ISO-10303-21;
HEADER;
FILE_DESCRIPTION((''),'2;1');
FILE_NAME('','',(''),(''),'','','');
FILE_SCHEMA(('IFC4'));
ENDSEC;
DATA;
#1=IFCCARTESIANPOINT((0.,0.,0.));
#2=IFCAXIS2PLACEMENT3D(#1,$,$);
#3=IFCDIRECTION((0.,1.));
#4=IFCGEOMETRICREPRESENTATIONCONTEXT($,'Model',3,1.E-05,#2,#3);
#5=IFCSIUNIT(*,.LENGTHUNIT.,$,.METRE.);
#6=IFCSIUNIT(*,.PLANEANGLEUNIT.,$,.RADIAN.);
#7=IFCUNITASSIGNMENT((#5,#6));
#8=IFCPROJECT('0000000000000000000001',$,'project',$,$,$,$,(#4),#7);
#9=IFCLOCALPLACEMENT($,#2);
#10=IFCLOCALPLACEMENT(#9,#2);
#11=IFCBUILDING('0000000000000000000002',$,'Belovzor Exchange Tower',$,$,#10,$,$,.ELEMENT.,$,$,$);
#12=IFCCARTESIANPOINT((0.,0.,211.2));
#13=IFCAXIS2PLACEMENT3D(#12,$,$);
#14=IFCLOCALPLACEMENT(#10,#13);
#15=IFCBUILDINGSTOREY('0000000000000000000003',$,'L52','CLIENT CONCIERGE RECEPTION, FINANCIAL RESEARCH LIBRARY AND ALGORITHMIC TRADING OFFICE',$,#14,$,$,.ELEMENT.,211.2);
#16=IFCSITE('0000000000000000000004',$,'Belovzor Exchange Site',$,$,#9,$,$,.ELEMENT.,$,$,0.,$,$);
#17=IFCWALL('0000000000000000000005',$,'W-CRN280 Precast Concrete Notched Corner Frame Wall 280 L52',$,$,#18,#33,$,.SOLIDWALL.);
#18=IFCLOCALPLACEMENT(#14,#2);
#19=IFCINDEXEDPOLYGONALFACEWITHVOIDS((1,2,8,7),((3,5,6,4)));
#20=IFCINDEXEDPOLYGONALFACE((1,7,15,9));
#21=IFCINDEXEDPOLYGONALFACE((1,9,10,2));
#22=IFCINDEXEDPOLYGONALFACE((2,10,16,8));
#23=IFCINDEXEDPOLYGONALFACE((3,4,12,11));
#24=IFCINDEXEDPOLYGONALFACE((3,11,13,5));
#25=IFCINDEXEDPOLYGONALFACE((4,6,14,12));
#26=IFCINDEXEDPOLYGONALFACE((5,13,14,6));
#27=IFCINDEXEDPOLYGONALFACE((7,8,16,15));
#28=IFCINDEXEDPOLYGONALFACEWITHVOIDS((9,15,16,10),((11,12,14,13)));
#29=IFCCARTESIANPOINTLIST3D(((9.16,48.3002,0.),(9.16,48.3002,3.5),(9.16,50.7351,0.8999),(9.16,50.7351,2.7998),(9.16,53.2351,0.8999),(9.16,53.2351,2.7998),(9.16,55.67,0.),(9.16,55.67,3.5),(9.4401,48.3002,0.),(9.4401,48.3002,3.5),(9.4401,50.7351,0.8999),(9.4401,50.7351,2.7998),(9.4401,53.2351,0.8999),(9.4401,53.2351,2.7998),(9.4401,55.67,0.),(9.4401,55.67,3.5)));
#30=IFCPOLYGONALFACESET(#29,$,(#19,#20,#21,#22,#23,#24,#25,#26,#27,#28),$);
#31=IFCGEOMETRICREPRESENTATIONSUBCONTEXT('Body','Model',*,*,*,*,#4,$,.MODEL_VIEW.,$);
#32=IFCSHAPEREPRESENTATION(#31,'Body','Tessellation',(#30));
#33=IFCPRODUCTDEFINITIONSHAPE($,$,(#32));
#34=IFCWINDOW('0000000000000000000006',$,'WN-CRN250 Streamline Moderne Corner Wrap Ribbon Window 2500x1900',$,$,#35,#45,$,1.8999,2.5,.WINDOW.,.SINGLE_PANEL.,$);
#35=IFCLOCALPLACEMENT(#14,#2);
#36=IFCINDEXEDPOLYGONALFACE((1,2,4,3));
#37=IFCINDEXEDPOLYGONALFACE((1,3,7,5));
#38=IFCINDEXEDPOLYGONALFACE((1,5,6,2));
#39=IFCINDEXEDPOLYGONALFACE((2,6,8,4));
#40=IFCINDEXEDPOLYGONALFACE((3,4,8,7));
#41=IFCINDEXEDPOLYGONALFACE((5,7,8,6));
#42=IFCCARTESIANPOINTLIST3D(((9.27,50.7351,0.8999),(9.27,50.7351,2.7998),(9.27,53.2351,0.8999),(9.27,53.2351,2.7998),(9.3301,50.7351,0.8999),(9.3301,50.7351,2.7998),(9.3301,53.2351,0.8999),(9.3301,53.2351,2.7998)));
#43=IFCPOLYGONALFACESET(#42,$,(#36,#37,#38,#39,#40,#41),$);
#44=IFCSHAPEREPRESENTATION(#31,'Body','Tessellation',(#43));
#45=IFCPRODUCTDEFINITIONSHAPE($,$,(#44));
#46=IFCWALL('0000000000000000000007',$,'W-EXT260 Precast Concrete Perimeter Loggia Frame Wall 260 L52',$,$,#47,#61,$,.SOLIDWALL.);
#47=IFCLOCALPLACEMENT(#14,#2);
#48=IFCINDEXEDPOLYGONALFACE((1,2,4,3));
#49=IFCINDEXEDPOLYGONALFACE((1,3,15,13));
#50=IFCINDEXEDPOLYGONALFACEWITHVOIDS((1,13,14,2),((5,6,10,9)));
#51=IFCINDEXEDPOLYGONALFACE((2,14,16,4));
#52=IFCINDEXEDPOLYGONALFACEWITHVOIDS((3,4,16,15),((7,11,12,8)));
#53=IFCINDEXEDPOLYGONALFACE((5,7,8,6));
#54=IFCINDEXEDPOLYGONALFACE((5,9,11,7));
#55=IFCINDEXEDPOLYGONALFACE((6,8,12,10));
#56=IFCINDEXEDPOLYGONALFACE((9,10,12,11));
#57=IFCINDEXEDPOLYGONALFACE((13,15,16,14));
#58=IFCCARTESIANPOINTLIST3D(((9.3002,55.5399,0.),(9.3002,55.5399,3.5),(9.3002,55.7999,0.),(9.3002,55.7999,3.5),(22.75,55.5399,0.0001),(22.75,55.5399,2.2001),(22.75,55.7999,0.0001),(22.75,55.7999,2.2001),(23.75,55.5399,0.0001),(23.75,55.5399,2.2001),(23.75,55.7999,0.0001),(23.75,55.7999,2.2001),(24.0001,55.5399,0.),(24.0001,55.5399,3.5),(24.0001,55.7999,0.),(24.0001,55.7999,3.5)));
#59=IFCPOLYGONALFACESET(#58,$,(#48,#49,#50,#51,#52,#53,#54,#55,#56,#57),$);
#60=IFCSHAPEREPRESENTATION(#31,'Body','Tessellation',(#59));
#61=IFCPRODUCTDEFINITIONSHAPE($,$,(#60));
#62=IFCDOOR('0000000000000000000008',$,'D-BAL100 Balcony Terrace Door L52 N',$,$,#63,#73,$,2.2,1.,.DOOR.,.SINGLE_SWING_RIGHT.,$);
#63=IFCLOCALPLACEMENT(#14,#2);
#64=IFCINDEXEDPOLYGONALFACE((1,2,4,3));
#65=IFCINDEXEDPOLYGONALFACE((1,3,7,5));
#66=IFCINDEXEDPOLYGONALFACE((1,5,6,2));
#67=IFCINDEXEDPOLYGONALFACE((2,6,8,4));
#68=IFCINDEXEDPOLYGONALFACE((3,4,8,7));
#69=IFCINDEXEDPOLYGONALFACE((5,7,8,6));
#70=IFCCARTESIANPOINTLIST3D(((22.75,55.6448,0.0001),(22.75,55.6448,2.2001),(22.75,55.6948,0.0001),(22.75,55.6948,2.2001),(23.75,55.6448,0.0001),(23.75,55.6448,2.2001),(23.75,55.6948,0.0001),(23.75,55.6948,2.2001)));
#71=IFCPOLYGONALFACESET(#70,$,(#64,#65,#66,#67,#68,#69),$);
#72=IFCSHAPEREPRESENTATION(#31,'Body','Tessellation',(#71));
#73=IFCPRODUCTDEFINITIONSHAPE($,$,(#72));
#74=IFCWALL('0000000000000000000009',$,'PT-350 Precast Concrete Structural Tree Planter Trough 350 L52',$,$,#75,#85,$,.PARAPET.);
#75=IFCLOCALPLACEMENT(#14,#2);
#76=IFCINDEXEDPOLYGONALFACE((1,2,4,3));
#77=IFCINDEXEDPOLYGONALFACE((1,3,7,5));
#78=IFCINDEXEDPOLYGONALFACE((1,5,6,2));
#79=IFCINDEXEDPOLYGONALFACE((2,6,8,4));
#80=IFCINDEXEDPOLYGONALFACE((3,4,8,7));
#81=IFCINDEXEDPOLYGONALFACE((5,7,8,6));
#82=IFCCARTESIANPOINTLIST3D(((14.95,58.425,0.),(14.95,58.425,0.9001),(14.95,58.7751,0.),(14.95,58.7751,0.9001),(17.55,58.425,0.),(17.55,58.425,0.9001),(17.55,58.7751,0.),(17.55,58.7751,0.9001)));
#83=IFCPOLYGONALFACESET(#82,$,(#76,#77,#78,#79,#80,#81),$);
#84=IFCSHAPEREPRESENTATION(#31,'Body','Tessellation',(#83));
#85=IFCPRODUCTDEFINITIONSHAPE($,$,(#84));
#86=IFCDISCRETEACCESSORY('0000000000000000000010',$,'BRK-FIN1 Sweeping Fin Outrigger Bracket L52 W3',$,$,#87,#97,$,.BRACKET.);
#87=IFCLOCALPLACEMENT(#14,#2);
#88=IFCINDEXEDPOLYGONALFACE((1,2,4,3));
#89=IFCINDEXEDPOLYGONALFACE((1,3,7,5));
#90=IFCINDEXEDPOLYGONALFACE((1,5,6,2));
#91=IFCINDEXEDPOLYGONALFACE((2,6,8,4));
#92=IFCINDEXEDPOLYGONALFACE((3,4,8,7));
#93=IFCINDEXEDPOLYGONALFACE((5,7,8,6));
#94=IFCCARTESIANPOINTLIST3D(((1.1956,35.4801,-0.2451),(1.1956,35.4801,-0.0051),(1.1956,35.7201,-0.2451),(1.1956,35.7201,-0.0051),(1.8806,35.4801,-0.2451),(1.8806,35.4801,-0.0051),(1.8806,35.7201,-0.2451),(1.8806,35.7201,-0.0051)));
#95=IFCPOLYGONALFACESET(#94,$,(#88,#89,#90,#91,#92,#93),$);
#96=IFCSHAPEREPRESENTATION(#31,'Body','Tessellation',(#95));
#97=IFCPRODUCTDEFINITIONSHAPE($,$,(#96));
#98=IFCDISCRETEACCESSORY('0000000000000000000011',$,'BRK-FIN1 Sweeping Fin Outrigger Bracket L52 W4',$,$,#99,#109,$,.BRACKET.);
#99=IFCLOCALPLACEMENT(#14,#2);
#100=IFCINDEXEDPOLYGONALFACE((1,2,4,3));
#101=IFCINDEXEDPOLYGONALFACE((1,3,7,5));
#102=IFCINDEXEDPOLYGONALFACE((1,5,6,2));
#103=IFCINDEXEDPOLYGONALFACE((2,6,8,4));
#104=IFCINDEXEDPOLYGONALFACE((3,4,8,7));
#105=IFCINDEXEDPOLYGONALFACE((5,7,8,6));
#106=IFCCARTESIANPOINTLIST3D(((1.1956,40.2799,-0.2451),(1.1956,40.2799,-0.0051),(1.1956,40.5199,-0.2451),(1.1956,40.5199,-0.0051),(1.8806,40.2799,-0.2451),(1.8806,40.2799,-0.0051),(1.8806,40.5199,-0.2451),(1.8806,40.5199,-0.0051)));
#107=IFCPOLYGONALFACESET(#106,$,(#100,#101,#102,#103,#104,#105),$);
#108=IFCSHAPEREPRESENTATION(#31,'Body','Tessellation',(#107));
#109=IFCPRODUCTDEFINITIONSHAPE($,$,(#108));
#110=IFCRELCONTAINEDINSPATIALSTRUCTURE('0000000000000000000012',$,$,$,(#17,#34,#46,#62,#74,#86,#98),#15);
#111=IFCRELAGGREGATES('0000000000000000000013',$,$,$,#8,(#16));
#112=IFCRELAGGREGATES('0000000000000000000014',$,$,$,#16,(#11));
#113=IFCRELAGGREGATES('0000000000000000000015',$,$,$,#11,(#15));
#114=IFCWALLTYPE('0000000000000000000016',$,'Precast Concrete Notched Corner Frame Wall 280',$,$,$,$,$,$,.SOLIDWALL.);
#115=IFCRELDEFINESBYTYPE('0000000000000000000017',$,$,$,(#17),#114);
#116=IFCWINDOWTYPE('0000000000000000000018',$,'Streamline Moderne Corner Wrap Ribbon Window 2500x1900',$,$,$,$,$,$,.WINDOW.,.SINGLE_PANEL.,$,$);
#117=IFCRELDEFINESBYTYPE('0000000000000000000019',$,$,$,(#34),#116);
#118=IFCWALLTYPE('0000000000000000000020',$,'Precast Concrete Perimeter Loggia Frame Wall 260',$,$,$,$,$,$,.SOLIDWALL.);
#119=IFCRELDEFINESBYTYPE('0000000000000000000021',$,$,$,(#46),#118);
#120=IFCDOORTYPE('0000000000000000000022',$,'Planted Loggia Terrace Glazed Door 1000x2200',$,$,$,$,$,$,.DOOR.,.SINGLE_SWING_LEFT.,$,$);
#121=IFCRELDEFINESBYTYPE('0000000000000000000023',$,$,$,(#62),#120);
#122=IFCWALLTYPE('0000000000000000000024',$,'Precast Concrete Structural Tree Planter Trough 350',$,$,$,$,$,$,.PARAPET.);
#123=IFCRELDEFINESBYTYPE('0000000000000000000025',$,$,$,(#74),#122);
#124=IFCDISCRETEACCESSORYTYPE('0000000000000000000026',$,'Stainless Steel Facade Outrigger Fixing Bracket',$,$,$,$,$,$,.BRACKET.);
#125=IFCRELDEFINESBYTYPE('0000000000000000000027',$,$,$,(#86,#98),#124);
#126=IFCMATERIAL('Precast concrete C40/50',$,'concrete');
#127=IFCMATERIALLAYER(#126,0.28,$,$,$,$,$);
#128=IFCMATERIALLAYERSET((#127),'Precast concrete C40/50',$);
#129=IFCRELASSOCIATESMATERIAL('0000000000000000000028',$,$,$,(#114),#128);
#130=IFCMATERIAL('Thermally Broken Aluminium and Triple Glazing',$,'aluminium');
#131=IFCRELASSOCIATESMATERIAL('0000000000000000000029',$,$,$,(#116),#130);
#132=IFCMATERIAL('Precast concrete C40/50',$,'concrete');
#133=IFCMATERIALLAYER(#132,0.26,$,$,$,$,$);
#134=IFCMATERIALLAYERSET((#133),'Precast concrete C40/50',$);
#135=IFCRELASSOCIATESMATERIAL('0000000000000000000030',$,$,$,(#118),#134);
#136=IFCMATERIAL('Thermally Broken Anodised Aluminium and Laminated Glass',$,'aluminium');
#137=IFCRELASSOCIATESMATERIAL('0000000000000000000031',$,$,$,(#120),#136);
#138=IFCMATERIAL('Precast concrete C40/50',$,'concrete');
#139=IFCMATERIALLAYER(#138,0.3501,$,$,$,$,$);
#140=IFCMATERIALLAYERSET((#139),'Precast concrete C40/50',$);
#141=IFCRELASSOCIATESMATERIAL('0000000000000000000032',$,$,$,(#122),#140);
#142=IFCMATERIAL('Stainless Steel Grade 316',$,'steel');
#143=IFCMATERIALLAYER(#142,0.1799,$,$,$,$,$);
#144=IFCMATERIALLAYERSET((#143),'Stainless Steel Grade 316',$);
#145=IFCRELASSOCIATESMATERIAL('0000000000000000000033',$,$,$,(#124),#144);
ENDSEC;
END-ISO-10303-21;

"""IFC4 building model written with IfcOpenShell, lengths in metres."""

from ifc_helpers import new_model, si_unit, direction, frame, frame_2d, origin, origin_2d, place, context, subcontext, project, spatial, rectangle, extrude, material, layer, layer_set, type_object, element, fill, save


model = new_model("IFC4")

# Units and contexts
model_context = context("Model", 3, precision=1e-05, world=origin(), true_north=direction((0.0, 1.0)))
body_context = subcontext(model_context, "Body", "Model", "MODEL_VIEW")
ifc_project = project(units=[si_unit("LENGTHUNIT", "METRE"), si_unit("PLANEANGLEUNIT", "RADIAN")], contexts=[model_context])

# Site, building, storey
site_placement = place(None, origin())
site = spatial("IfcSite", under=ifc_project, at=site_placement, Name="Belovzor Exchange Site", CompositionType="ELEMENT", RefElevation=0.0)
building_placement = place(site_placement, origin())
building = spatial("IfcBuilding", under=site, at=building_placement, Name="Belovzor Exchange Tower", CompositionType="ELEMENT")
storey_placement = place(building_placement, frame((0.0, 0.0, 211.2)))
storey = spatial("IfcBuildingStorey", under=building, at=storey_placement, Name="L52", Description="CLIENT CONCIERGE RECEPTION, FINANCIAL RESEARCH LIBRARY AND ALGORITHMIC TRADING OFFICE", CompositionType="ELEMENT", Elevation=211.2)

# Wall, opening, window
ifc_material_1 = material(Name="Precast concrete C40/50", Category="concrete")
ifc_layer_1 = layer(ifc_material_1, 0.28)
ifc_layer_set_1 = layer_set([ifc_layer_1], Name="Precast concrete C40/50")
wall_type_1 = type_object("IfcWallType", Name="Precast Concrete Notched Corner Frame Wall 280", PredefinedType="SOLIDWALL", material=ifc_layer_set_1)
ifc_material_2 = material(Name="Thermally Broken Aluminium and Triple Glazing", Category="aluminium")
window_type = type_object("IfcWindowType", Name="Streamline Moderne Corner Wrap Ribbon Window 2500x1900", PartitioningType="SINGLE_PANEL", PredefinedType="WINDOW", material=ifc_material_2)
wall_1_placement = place(storey_placement, frame((9.3, 48.3, 0.0), z_axis=(0.0, 0.0, 1.0), x_axis=(0.0, 1.0, 0.0)))
wall_1 = element("IfcWall", 1, at=wall_1_placement, inside=storey, type_object=wall_type_1, Name="W-CRN280 Precast Concrete Notched Corner Frame Wall 280 L52", PredefinedType="SOLIDWALL", context=body_context, shape_type="SweptSolid", body=[
    extrude(rectangle(XDim=7.3699, YDim=0.28, at=frame_2d((3.6851, 0.0))), origin(), (0.0, 0.0, 1.0), 3.5),
])
opening_1_placement = place(wall_1_placement, frame((2.4351, 0.0, 0.8999)))
opening_1 = element("IfcOpeningElement", 2, at=opening_1_placement, cuts=wall_1, PredefinedType="OPENING", context=body_context, shape_type="SweptSolid", body=[
    extrude(rectangle(XDim=2.5, YDim=1.8999, at=frame_2d((1.25, 0.95))), frame((0.0, 0.1499, 0.0), z_axis=(0.0, -1.0, 0.0), x_axis=(1.0, 0.0, 0.0)), (0.0, 0.0, 1.0), 0.3),
])
window_1_placement = place(opening_1_placement, origin())
window_1 = element("IfcWindow", 3, at=window_1_placement, inside=storey, type_object=window_type, Name="WN-CRN250 Streamline Moderne Corner Wrap Ribbon Window 2500x1900", OverallHeight=1.8999, OverallWidth=2.5, PartitioningType="SINGLE_PANEL", PredefinedType="WINDOW", context=body_context, shape_type="SweptSolid", body=[
    extrude(rectangle(XDim=2.5, YDim=1.8999, at=frame_2d((1.25, 0.95))), frame((0.0, 0.03, 0.0), z_axis=(0.0, -1.0, 0.0), x_axis=(1.0, 0.0, 0.0)), (0.0, 0.0, 1.0), 0.0601),
])
fill(opening_1, window_1)

# Wall, opening, door
ifc_material_3 = material(Name="Precast concrete C40/50", Category="concrete")
ifc_layer_2 = layer(ifc_material_3, 0.26)
ifc_layer_set_2 = layer_set([ifc_layer_2], Name="Precast concrete C40/50")
wall_type_2 = type_object("IfcWallType", Name="Precast Concrete Perimeter Loggia Frame Wall 260", PredefinedType="SOLIDWALL", material=ifc_layer_set_2)
wall_2_placement = place(storey_placement, frame((9.3, 55.6699, 0.0), z_axis=(0.0, 0.0, 1.0), x_axis=(1.0, 0.0, 0.0)))
wall_2 = element("IfcWall", 4, at=wall_2_placement, inside=storey, type_object=wall_type_2, Name="W-EXT260 Precast Concrete Perimeter Loggia Frame Wall 260 L52", PredefinedType="SOLIDWALL", context=body_context, shape_type="SweptSolid", body=[
    extrude(rectangle(XDim=14.7, YDim=0.26, at=frame_2d((7.3501, 0.0))), origin(), (0.0, 0.0, 1.0), 3.5),
])
opening_2_placement = place(wall_2_placement, frame((13.45, 0.0, 0.0)))
opening_2 = element("IfcOpeningElement", 5, at=opening_2_placement, cuts=wall_2, PredefinedType="OPENING", context=body_context, shape_type="SweptSolid", body=[
    extrude(rectangle(XDim=1.0, YDim=2.2, at=frame_2d((0.5, 1.1001))), frame((0.0, 0.1399, 0.0), z_axis=(0.0, -1.0, 0.0), x_axis=(1.0, 0.0, 0.0)), (0.0, 0.0, 1.0), 0.28),
])
ifc_material_4 = material(Name="Thermally Broken Anodised Aluminium and Laminated Glass", Category="aluminium")
door_type_1 = type_object("IfcDoorType", Name="Planted Loggia Terrace Glazed Door 1000x2200", OperationType="SINGLE_SWING_LEFT", PredefinedType="DOOR", material=ifc_material_4)
door_1_placement = place(opening_2_placement, origin())
door_1 = element("IfcDoor", 6, at=door_1_placement, inside=storey, type_object=door_type_1, Name="D-BAL100 Balcony Terrace Door L52 N", OperationType="SINGLE_SWING_RIGHT", OverallHeight=2.2, OverallWidth=1.0, PredefinedType="DOOR", context=body_context, shape_type="SweptSolid", body=[
    extrude(rectangle(XDim=1.0, YDim=2.2, at=frame_2d((0.5, 1.1001))), frame((0.0, 0.0249, 0.0), z_axis=(0.0, -1.0, 0.0), x_axis=(1.0, 0.0, 0.0)), (0.0, 0.0, 1.0), 0.05),
])
fill(opening_2, door_1)

# Wall
ifc_material_5 = material(Name="Precast concrete C40/50", Category="concrete")
ifc_layer_3 = layer(ifc_material_5, 0.3501)
ifc_layer_set_3 = layer_set([ifc_layer_3], Name="Precast concrete C40/50")
wall_type_3 = type_object("IfcWallType", Name="Precast Concrete Structural Tree Planter Trough 350", PredefinedType="PARAPET", material=ifc_layer_set_3)
wall_3_placement = place(storey_placement, frame((14.95, 58.6001, 0.0), z_axis=(0.0, 0.0, 1.0), x_axis=(1.0, 0.0, 0.0)))
element("IfcWall", 7, at=wall_3_placement, inside=storey, type_object=wall_type_3, Name="PT-350 Precast Concrete Structural Tree Planter Trough 350 L52", PredefinedType="PARAPET", context=body_context, shape_type="SweptSolid", body=[
    extrude(rectangle(XDim=2.6001, YDim=0.3501, at=frame_2d((1.3, 0.0))), origin(), (0.0, 0.0, 1.0), 0.9001),
])

# Discrete accessories
ifc_material_6 = material(Name="Stainless Steel Grade 316", Category="steel")
ifc_layer_4 = layer(ifc_material_6, 0.1799)
ifc_layer_set_4 = layer_set([ifc_layer_4], Name="Stainless Steel Grade 316")
discrete_accessory_type = type_object("IfcDiscreteAccessoryType", Name="Stainless Steel Facade Outrigger Fixing Bracket", PredefinedType="BRACKET", material=ifc_layer_set_4)
for number, where, z_axis, x_axis, name in (
    (8, (1.5381, 35.6001, -0.2451), (0.0, 0.0, 1.0), (1.0, 0.0, 0.0), "BRK-FIN1 Sweeping Fin Outrigger Bracket L52 W3"),
    (9, (1.5381, 40.3999, -0.2451), (0.0, 0.0, 1.0), (1.0, 0.0, 0.0), "BRK-FIN1 Sweeping Fin Outrigger Bracket L52 W4"),
):
    element("IfcDiscreteAccessory", number, at=place(storey_placement, frame(where, z_axis=z_axis, x_axis=x_axis)), inside=storey, type_object=discrete_accessory_type, Name=name, PredefinedType="BRACKET", context=body_context, shape_type="SweptSolid", body=[
        extrude(rectangle(XDim=0.6851, YDim=0.24, at=origin_2d()), origin(), (0.0, 0.0, 1.0), 0.24),
    ])

save(model, "model.ifc")
